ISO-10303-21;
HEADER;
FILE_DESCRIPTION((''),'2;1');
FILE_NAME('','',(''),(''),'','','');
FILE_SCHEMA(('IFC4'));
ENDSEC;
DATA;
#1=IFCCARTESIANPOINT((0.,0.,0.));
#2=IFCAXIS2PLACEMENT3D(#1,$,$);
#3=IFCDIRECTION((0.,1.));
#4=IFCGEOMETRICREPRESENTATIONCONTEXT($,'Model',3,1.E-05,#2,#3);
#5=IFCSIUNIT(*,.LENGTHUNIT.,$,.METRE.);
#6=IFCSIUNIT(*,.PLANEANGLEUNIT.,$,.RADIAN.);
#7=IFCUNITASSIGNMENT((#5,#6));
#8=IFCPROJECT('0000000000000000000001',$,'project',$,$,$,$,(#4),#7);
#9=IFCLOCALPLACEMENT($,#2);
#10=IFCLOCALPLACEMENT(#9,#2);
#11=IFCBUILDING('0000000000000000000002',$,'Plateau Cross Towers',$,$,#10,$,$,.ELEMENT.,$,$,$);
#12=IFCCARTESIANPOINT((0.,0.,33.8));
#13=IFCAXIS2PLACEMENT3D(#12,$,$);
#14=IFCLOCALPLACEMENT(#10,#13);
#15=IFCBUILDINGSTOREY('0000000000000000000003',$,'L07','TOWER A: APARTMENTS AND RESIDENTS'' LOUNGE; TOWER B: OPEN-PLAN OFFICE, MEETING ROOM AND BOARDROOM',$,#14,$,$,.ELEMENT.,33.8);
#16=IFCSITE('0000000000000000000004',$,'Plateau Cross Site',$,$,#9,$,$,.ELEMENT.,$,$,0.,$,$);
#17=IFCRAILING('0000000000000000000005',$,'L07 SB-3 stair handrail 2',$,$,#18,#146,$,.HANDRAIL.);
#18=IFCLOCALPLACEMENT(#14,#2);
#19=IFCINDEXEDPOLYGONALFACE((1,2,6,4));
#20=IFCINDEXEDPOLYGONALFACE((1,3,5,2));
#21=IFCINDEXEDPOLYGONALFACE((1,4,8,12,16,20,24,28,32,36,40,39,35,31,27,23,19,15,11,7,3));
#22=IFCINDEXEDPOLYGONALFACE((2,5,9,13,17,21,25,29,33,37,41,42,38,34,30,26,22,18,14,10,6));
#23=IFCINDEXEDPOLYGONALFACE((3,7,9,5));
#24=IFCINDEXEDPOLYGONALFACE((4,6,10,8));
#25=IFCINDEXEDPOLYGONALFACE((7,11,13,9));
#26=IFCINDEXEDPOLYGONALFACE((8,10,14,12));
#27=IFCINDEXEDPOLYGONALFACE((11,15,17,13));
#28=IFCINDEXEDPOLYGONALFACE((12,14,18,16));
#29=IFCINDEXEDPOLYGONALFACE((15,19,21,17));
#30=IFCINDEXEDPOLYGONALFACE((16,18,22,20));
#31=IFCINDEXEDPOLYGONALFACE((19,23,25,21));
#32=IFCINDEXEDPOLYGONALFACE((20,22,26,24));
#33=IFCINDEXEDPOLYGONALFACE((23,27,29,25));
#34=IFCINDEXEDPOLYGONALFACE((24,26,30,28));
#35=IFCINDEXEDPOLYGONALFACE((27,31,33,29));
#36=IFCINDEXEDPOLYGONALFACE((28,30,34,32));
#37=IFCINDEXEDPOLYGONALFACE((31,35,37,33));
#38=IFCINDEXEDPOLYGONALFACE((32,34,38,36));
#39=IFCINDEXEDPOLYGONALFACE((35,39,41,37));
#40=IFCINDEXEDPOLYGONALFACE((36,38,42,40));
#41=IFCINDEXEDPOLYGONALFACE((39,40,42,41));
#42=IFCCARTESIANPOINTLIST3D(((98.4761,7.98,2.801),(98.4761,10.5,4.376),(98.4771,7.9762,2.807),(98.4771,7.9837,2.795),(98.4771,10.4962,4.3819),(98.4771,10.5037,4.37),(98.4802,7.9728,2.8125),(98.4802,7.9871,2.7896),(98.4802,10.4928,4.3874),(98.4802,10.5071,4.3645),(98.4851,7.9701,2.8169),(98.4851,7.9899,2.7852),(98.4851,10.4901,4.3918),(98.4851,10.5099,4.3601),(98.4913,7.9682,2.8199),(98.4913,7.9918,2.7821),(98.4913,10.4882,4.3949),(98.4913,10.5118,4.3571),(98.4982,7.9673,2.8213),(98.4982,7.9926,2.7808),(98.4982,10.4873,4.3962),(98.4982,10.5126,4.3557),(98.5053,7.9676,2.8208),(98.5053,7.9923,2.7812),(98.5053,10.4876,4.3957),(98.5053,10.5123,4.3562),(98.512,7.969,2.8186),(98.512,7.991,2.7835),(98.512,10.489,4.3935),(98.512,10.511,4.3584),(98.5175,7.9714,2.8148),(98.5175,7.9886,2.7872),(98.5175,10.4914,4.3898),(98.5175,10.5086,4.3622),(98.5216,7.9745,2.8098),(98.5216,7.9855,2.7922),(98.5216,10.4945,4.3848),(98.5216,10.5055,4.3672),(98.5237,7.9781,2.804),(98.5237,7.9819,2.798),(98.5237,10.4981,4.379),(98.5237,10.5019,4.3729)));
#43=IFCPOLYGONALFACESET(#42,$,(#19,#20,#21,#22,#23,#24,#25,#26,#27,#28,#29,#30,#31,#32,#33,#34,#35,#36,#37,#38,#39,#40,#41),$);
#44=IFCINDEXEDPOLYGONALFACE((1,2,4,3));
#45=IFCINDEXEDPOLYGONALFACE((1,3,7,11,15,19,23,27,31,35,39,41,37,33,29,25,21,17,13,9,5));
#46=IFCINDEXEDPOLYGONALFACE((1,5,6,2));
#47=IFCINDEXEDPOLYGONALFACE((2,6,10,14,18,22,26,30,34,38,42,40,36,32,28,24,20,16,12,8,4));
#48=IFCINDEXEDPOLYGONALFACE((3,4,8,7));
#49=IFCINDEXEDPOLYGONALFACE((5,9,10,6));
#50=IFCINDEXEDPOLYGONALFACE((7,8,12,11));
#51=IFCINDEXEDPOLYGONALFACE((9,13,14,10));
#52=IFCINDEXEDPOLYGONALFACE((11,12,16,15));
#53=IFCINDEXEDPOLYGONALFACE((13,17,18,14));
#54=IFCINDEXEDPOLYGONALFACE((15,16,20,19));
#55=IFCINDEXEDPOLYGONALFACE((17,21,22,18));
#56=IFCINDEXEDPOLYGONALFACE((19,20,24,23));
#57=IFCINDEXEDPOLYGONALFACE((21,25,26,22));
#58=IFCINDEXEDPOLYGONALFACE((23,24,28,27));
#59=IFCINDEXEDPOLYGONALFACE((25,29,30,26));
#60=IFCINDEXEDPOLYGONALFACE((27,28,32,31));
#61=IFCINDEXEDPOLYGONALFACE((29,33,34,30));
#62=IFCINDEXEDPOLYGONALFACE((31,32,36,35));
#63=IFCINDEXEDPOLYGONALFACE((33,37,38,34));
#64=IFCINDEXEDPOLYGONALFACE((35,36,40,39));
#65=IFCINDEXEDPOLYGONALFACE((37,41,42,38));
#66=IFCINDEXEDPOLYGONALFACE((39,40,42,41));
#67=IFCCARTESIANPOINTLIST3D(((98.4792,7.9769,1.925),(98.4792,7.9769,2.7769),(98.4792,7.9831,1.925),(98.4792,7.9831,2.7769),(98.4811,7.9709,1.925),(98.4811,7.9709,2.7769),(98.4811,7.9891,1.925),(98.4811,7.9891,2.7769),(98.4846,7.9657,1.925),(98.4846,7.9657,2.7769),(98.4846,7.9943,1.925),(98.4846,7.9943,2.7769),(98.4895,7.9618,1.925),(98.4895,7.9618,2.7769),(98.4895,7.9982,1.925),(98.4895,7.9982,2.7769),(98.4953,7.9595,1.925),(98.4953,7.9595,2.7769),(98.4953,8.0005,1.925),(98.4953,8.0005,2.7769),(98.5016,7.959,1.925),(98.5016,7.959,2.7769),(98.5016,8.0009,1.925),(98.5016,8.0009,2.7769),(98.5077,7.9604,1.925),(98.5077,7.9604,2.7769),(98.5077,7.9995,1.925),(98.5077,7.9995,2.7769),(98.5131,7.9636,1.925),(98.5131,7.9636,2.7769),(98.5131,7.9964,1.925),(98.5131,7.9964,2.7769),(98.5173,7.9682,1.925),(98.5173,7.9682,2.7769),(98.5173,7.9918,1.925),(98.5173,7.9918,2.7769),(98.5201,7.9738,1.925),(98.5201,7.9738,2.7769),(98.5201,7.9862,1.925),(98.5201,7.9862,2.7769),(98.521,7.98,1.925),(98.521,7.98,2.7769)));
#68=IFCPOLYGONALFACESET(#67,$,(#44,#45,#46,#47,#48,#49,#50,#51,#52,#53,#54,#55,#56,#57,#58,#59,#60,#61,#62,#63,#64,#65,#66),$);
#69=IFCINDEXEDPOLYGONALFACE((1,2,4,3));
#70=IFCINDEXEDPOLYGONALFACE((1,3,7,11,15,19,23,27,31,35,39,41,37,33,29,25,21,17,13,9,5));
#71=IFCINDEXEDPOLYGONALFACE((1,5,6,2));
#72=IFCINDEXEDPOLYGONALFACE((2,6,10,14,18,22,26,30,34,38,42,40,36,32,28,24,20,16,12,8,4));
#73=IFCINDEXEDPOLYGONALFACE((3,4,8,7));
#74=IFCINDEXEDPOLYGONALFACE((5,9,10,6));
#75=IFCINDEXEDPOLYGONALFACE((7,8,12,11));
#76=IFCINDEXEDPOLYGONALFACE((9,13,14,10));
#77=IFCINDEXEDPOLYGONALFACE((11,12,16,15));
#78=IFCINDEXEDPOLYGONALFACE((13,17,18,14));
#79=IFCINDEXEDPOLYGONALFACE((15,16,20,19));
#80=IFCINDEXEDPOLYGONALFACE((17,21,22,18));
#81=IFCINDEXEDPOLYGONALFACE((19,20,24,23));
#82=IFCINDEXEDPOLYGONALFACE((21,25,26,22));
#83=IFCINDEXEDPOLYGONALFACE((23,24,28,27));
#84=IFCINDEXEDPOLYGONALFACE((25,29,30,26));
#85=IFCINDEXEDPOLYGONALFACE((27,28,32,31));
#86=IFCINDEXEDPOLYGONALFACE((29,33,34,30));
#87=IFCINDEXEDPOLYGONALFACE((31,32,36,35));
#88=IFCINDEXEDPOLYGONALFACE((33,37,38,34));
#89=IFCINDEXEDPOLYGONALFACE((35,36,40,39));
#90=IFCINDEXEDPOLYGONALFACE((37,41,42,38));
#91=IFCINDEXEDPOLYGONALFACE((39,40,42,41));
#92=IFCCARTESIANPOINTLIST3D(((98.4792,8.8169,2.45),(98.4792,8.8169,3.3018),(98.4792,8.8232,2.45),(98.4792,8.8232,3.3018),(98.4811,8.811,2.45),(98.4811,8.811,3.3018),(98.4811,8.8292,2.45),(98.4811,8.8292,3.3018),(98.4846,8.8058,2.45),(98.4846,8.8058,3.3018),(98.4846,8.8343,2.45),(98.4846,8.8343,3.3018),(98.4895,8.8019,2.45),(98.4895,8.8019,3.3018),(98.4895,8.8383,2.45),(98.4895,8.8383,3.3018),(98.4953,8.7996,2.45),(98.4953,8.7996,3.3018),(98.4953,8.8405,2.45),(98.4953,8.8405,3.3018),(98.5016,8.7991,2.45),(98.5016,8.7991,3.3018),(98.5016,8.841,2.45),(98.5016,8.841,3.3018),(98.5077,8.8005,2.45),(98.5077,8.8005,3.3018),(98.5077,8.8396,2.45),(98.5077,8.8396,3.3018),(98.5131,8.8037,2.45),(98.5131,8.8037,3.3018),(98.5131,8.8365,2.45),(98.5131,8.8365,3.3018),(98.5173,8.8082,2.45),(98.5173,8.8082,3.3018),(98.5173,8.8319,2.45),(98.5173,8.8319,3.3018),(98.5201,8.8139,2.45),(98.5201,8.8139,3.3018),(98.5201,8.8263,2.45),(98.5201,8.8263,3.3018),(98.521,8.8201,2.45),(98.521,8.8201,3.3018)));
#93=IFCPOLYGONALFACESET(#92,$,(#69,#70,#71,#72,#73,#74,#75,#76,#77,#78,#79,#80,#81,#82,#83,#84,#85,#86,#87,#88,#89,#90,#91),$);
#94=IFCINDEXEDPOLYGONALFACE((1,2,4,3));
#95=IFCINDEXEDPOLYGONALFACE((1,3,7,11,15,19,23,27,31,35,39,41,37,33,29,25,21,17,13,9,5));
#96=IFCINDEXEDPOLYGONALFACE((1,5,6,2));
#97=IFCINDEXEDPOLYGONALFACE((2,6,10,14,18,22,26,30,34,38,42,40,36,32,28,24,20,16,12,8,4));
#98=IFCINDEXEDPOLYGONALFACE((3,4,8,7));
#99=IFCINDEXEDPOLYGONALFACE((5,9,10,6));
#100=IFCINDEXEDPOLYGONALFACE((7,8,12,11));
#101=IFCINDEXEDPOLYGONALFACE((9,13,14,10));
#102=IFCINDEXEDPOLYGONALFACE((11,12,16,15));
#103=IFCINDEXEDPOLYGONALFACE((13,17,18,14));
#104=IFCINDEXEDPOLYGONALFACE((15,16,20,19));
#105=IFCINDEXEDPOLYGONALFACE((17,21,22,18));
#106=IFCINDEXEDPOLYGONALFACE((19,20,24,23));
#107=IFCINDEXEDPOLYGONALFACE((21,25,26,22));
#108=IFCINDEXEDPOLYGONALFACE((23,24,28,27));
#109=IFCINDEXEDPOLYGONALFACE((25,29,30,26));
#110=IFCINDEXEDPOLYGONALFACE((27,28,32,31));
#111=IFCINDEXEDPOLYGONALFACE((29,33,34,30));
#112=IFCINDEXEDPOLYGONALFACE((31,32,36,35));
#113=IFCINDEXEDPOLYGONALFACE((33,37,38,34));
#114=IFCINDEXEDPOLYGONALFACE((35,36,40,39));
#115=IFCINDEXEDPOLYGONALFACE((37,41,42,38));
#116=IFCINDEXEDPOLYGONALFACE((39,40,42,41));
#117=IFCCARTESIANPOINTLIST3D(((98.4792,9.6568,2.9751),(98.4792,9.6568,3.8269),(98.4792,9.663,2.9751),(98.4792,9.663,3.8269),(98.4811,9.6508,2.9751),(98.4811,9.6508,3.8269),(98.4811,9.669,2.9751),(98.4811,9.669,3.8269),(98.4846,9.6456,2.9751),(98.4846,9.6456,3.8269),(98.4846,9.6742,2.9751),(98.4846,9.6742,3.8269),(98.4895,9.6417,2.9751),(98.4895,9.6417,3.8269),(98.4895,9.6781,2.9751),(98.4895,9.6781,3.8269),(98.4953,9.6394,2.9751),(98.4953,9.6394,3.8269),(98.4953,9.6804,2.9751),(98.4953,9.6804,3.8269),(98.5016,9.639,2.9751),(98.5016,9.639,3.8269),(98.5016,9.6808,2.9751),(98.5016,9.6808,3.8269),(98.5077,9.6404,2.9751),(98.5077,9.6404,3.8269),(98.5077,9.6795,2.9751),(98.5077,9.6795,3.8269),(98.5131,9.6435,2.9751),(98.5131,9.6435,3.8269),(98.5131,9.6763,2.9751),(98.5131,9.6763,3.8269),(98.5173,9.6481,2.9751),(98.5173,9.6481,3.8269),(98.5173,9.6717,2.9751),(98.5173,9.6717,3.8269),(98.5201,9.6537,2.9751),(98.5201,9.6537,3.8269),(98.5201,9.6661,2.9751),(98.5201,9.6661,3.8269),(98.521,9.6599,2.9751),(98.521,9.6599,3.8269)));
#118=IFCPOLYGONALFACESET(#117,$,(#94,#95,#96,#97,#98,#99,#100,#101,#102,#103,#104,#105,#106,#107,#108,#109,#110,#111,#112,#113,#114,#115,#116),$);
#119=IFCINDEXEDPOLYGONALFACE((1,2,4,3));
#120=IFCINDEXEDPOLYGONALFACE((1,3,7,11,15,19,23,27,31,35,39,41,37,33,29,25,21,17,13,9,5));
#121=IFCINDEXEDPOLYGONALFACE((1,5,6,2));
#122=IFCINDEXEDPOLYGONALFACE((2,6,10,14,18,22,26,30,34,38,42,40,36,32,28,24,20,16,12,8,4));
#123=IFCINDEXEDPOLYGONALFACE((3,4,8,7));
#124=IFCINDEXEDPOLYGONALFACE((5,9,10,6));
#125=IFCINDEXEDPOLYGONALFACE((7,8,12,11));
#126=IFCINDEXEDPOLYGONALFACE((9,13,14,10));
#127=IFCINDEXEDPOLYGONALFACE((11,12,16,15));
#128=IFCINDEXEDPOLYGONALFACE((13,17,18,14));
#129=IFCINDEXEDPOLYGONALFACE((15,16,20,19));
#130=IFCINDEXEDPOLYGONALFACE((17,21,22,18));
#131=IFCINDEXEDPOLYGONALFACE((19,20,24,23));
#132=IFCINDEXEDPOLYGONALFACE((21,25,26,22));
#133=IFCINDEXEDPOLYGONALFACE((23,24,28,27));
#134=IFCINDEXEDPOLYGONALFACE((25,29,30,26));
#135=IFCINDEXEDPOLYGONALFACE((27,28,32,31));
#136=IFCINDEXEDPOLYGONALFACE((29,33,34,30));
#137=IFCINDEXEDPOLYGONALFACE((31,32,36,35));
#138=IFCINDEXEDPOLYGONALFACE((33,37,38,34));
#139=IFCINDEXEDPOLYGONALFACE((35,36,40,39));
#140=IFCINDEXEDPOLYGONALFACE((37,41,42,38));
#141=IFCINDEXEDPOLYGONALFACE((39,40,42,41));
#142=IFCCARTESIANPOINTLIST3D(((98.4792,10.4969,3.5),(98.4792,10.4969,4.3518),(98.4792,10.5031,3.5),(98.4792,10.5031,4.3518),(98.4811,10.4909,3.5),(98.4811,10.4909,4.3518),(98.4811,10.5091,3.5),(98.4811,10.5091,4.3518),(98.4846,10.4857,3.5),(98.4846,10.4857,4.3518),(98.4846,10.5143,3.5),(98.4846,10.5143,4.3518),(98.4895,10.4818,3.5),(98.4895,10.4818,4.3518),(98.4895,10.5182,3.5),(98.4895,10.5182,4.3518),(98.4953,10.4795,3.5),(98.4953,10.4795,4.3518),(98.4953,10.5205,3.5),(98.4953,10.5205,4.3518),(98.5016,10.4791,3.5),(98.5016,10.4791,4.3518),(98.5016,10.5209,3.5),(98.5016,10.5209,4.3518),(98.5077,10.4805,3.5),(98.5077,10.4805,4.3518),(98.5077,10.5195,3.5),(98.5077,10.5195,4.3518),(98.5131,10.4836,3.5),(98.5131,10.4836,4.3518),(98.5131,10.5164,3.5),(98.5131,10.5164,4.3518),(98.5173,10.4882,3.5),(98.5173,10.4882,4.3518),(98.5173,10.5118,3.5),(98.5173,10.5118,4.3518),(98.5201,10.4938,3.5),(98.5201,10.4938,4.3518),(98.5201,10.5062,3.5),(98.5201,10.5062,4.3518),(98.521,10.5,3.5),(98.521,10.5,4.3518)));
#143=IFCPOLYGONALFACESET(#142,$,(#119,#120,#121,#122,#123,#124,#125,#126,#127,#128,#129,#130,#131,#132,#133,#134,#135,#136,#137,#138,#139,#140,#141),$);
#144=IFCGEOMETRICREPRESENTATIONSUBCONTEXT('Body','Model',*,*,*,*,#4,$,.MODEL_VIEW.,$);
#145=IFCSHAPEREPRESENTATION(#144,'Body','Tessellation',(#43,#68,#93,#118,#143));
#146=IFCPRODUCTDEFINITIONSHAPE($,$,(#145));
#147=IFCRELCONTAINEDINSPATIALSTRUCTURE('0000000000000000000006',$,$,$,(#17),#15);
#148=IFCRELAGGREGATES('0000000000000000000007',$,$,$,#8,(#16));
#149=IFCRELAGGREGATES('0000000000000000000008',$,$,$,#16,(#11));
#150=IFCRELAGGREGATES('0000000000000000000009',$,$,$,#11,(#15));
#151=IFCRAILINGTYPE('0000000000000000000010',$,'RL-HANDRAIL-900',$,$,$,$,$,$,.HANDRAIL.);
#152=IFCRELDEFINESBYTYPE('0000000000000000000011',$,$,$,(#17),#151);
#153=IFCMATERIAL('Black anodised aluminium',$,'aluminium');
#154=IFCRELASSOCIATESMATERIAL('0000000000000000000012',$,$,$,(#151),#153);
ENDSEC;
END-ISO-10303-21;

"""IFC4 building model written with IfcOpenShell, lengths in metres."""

from ifc_helpers import new_model, si_unit, direction, frame, origin, origin_2d, place, context, subcontext, project, spatial, circle, extrude, material, type_object, element, save


model = new_model("IFC4")

# Units and contexts
model_context = context("Model", 3, precision=1e-05, world=origin(), true_north=direction((0.0, 1.0)))
body_context = subcontext(model_context, "Body", "Model", "MODEL_VIEW")
ifc_project = project(units=[si_unit("LENGTHUNIT", "METRE"), si_unit("PLANEANGLEUNIT", "RADIAN")], contexts=[model_context])

# Site, building, storey
site_placement = place(None, origin())
site = spatial("IfcSite", under=ifc_project, at=site_placement, Name="Plateau Cross Site", CompositionType="ELEMENT", RefElevation=0.0)
building_placement = place(site_placement, origin())
building = spatial("IfcBuilding", under=site, at=building_placement, Name="Plateau Cross Towers", CompositionType="ELEMENT")
storey_placement = place(building_placement, frame((0.0, 0.0, 33.8)))
storey = spatial("IfcBuildingStorey", under=building, at=storey_placement, Name="L07", Description="TOWER A: APARTMENTS AND RESIDENTS' LOUNGE; TOWER B: OPEN-PLAN OFFICE, MEETING ROOM AND BOARDROOM", CompositionType="ELEMENT", Elevation=33.8)

# Shared definitions
ifc_material_1 = material(Name="Black anodised aluminium", Category="aluminium")

# Railing
railing_type_1 = type_object("IfcRailingType", Name="RL-HANDRAIL-900", PredefinedType="HANDRAIL", material=ifc_material_1)
railing_1_placement = place(storey_placement, frame((98.5, 7.98, 1.925)))
element("IfcRailing", 1, at=railing_1_placement, inside=storey, type_object=railing_type_1, Name="L07 SB-3 stair handrail 2", PredefinedType="HANDRAIL", context=body_context, shape_type="SweptSolid", body=[
    extrude(circle(Radius=0.0239, at=origin_2d()), frame((0.0, 0.0, 0.876), z_axis=(0.0, 0.848008, 0.529984), x_axis=(-1.0, 0.0, 0.0)), (0.0, 0.0, 1.0), 2.9717),
    extrude(circle(Radius=0.021, at=origin_2d()), origin(), (0.0, 0.0, 1.0), 0.8518),
    extrude(circle(Radius=0.021, at=origin_2d()), frame((0.0, 0.8401, 0.5249)), (0.0, 0.0, 1.0), 0.8518),
    extrude(circle(Radius=0.021, at=origin_2d()), frame((0.0, 1.6799, 1.05)), (0.0, 0.0, 1.0), 0.8518),
    extrude(circle(Radius=0.021, at=origin_2d()), frame((0.0, 2.52, 1.575)), (0.0, 0.0, 1.0), 0.8518),
])

save(model, "model.ifc")
